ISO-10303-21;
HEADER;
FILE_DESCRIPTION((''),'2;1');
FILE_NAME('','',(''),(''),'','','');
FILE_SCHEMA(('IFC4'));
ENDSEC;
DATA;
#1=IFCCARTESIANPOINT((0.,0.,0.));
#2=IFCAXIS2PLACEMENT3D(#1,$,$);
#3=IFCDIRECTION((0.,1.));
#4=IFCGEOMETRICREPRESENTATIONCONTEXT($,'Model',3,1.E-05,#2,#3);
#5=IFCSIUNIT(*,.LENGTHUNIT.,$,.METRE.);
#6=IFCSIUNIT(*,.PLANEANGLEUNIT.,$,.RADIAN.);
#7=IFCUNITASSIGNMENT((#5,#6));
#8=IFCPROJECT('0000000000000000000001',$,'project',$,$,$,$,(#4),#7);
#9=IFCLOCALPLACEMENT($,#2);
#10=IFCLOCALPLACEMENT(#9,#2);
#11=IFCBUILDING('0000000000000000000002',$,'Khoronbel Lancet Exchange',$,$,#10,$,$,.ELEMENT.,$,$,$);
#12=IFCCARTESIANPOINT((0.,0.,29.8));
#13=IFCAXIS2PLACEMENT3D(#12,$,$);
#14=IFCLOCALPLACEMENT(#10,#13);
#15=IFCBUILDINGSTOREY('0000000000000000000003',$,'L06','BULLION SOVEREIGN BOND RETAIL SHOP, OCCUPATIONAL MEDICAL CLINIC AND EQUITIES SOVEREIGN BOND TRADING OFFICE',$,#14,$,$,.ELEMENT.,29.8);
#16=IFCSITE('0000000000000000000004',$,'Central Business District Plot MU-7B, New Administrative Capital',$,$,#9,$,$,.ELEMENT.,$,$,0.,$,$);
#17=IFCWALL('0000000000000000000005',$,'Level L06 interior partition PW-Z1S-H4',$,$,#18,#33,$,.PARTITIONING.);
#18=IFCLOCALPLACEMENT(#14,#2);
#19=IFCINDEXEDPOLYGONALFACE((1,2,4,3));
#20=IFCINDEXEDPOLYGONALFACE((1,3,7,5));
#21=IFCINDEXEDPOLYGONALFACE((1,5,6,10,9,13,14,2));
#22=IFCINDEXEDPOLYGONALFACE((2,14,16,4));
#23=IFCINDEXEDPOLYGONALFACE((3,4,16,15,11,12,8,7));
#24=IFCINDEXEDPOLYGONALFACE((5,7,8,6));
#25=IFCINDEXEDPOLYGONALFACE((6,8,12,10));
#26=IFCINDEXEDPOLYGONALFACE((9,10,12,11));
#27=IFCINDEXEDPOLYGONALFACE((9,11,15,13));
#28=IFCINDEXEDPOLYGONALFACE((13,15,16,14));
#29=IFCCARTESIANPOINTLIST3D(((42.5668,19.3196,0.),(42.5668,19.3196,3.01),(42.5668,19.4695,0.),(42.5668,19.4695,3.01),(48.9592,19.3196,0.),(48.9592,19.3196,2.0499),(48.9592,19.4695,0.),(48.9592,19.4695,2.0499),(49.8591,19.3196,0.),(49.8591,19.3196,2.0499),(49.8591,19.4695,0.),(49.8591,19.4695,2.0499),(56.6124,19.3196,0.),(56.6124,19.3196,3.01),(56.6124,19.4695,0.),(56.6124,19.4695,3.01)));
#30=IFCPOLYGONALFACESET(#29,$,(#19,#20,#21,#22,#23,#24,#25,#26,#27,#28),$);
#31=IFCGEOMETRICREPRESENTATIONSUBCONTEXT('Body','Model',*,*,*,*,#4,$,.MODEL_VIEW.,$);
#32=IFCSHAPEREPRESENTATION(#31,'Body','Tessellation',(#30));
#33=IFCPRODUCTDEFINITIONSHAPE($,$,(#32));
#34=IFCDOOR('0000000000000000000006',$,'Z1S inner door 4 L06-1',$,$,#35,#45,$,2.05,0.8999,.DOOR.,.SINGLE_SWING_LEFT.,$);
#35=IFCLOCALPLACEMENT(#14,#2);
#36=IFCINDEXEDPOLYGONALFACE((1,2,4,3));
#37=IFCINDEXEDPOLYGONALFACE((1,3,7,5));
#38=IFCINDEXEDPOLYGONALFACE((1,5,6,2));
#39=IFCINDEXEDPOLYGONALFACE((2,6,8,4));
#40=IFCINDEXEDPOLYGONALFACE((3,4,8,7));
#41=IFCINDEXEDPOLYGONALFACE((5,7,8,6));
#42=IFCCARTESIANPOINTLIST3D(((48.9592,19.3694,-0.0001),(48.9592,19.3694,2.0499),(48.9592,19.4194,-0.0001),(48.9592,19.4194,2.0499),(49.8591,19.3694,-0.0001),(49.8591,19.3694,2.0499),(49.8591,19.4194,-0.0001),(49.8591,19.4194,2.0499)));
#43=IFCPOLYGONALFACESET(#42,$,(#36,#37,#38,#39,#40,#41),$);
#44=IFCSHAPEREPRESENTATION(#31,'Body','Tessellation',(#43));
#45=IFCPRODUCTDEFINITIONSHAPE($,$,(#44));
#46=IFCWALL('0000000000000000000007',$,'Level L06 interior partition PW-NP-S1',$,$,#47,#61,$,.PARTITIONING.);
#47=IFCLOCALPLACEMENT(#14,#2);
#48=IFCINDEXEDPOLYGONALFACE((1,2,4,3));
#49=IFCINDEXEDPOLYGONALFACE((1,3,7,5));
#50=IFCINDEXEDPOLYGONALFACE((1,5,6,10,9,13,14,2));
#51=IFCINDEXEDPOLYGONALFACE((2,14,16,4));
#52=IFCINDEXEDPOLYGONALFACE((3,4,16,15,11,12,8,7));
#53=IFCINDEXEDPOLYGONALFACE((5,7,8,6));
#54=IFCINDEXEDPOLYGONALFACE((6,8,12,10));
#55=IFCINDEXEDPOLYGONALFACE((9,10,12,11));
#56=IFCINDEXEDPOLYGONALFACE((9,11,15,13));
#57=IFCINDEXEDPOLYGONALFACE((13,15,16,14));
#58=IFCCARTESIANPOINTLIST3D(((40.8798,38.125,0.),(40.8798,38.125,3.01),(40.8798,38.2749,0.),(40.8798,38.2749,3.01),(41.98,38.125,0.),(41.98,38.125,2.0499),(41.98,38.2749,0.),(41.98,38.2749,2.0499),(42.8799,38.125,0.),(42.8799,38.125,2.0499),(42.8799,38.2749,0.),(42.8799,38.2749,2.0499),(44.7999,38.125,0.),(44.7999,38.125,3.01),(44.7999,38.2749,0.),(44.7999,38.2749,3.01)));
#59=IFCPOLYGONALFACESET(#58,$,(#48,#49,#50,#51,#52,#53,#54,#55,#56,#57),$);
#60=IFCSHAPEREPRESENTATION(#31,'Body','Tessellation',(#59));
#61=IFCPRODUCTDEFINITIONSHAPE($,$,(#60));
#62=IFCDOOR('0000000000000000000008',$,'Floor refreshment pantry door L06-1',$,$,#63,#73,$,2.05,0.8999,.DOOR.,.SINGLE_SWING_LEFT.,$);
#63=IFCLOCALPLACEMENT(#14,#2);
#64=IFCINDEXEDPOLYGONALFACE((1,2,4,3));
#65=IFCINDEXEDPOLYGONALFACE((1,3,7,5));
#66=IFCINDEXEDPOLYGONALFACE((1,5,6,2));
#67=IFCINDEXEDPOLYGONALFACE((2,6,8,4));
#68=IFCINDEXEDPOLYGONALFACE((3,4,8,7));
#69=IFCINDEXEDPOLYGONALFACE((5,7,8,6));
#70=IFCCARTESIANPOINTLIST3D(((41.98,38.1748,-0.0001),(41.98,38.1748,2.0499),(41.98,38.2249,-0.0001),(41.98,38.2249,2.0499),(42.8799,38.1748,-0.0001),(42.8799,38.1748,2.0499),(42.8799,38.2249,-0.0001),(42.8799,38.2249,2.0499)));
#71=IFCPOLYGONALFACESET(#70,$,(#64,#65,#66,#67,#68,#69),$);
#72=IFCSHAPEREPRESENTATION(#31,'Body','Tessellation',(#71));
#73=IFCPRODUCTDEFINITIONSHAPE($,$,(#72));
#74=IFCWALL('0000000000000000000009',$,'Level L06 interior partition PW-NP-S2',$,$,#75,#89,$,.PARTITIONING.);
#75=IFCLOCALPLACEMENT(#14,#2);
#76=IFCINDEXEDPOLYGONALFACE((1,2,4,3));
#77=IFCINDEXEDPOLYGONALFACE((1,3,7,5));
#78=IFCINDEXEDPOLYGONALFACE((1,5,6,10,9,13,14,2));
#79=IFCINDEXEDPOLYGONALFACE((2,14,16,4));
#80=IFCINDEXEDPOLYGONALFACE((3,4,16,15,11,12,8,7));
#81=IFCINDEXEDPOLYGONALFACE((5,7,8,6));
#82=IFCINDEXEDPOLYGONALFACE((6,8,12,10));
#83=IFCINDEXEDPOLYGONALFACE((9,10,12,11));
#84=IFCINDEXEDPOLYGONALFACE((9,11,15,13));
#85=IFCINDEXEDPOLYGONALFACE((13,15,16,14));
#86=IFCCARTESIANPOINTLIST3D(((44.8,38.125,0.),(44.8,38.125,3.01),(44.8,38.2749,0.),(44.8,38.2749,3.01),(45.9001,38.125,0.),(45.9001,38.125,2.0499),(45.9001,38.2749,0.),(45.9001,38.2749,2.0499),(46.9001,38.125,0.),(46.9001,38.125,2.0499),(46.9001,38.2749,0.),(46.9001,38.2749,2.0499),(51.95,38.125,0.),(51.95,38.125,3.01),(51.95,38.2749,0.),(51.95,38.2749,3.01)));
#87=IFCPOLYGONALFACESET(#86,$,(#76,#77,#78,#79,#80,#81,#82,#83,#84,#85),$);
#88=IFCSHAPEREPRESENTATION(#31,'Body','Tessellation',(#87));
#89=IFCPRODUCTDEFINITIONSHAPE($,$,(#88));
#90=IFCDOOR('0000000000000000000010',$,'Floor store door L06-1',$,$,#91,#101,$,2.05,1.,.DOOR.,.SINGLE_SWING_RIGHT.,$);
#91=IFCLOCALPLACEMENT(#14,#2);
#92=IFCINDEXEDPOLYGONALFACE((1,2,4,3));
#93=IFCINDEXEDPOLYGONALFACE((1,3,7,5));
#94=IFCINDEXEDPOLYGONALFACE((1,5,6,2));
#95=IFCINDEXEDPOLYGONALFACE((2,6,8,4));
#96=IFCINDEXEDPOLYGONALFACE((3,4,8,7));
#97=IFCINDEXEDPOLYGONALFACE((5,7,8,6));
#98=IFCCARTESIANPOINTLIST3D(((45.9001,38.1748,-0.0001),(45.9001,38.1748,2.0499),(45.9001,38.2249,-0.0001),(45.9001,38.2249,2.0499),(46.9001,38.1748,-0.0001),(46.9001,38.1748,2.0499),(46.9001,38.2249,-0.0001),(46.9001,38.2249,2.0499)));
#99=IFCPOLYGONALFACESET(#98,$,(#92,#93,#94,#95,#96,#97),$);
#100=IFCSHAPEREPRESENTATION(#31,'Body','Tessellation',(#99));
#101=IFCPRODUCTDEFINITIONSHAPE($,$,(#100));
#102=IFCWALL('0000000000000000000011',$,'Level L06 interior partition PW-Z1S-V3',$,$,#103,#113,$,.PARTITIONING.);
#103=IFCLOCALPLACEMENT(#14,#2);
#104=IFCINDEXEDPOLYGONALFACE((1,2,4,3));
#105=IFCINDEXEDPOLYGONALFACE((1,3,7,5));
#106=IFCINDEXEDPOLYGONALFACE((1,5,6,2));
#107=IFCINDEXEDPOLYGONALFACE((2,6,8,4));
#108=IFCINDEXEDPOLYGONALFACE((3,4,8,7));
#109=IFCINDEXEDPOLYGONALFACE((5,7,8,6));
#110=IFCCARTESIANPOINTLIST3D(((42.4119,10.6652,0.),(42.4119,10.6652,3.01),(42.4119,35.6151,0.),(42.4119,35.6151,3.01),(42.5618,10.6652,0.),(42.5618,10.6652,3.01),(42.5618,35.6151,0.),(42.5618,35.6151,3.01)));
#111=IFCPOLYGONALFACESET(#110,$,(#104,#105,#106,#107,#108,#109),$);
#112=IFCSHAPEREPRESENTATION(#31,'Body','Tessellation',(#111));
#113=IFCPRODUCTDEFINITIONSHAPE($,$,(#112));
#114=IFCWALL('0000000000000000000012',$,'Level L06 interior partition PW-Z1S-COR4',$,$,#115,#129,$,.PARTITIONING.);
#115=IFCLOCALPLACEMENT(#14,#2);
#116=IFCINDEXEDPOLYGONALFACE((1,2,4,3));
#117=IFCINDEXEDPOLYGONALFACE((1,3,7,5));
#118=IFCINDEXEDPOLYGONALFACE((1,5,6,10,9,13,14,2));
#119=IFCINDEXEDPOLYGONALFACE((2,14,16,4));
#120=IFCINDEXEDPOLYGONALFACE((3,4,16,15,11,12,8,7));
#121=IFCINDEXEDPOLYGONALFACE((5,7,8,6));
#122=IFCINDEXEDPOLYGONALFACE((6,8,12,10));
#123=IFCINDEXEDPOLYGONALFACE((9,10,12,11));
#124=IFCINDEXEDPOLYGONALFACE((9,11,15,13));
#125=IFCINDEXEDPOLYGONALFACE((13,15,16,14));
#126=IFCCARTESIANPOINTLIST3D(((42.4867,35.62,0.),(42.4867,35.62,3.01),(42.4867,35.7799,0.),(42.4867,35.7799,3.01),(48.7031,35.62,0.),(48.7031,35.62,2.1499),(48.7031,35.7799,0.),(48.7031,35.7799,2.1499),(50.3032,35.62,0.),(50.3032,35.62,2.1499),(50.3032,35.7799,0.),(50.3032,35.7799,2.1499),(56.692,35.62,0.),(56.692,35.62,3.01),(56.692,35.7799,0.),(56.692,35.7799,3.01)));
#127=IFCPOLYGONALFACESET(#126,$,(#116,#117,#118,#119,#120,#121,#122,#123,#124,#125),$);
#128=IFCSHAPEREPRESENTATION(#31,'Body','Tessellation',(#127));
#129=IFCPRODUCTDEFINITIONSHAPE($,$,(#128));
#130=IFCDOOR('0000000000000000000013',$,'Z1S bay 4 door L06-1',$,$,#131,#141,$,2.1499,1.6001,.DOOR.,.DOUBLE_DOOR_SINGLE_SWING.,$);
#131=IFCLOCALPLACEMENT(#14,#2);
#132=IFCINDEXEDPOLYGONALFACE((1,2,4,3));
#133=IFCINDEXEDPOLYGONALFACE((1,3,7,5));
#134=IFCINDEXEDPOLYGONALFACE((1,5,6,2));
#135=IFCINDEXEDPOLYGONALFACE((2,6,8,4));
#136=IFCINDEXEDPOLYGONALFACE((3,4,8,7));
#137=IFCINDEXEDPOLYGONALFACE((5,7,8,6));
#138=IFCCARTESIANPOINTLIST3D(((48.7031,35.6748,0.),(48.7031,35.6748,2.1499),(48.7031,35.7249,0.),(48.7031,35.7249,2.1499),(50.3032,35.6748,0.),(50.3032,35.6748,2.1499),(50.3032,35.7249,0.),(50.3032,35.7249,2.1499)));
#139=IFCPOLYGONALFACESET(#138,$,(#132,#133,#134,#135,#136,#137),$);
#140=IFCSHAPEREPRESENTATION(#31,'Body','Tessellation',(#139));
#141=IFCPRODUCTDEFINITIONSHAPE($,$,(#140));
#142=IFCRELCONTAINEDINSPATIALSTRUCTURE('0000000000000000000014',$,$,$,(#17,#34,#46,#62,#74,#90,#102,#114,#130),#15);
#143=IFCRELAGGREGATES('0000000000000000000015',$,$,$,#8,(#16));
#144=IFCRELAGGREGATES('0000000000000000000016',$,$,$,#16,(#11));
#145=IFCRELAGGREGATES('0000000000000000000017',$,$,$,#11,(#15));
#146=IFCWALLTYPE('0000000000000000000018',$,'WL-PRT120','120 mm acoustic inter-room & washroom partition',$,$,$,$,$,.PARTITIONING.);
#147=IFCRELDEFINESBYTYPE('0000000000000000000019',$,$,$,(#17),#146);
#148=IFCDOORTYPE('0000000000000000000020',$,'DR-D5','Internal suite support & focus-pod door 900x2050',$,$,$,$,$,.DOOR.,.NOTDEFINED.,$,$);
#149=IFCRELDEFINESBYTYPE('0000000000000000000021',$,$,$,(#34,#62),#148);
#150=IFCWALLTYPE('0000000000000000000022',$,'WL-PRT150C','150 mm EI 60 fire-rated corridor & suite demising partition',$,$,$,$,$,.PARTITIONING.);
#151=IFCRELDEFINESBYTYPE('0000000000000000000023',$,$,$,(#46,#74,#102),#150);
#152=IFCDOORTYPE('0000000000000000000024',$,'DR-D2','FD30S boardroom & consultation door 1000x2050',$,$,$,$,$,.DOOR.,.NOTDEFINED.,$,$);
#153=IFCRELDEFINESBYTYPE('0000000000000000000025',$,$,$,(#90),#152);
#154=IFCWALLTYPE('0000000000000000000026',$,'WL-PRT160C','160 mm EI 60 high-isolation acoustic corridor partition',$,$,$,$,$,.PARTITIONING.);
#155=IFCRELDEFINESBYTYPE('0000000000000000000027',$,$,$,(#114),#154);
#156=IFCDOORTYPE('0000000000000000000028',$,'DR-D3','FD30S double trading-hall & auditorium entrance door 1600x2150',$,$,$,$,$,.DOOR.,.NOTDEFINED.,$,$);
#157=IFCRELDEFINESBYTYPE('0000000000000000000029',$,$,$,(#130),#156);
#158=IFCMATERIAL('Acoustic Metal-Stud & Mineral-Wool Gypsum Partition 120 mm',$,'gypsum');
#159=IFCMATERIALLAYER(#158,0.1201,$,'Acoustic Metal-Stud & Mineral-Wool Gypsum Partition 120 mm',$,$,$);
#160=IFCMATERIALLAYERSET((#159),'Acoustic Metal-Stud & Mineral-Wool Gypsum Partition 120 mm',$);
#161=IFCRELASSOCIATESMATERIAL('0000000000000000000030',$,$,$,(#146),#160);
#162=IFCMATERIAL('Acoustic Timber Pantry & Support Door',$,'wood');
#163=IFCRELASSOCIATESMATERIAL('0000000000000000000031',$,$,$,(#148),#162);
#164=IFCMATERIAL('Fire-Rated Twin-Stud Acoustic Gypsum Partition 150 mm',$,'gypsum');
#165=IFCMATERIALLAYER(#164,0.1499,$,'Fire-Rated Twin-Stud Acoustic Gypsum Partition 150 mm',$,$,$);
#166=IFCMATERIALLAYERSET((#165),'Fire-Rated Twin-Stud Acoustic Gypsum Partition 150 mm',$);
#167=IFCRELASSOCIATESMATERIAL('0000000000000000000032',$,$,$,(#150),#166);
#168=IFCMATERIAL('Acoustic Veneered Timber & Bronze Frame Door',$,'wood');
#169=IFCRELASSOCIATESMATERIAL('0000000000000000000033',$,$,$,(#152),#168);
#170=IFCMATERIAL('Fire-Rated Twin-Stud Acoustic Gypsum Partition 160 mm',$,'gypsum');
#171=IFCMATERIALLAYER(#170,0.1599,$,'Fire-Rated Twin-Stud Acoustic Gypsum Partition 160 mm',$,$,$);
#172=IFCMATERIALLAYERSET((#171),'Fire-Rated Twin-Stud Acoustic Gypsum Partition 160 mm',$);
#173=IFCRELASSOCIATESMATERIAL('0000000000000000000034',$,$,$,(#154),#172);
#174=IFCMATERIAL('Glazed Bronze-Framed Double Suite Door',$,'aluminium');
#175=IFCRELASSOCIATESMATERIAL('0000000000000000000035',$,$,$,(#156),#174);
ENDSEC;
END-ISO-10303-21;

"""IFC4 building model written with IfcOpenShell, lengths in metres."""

from ifc_helpers import new_model, si_unit, direction, frame, frame_2d, origin, place, context, subcontext, project, spatial, rectangle, extrude, material, layer, layer_set, type_object, element, fill, save


model = new_model("IFC4")

# Units and contexts
model_context = context("Model", 3, precision=1e-05, world=origin(), true_north=direction((0.0, 1.0)))
body_context = subcontext(model_context, "Body", "Model", "MODEL_VIEW")
ifc_project = project(units=[si_unit("LENGTHUNIT", "METRE"), si_unit("PLANEANGLEUNIT", "RADIAN")], contexts=[model_context])

# Site, building, storey
site_placement = place(None, origin())
site = spatial("IfcSite", under=ifc_project, at=site_placement, Name="Central Business District Plot MU-7B, New Administrative Capital", CompositionType="ELEMENT", RefElevation=0.0)
building_placement = place(site_placement, origin())
building = spatial("IfcBuilding", under=site, at=building_placement, Name="Khoronbel Lancet Exchange", CompositionType="ELEMENT")
storey_placement = place(building_placement, frame((0.0, 0.0, 29.8)))
storey = spatial("IfcBuildingStorey", under=building, at=storey_placement, Name="L06", Description="BULLION SOVEREIGN BOND RETAIL SHOP, OCCUPATIONAL MEDICAL CLINIC AND EQUITIES SOVEREIGN BOND TRADING OFFICE", CompositionType="ELEMENT", Elevation=29.8)

# Walls, openings, doors
ifc_material_1 = material(Name="Acoustic Metal-Stud & Mineral-Wool Gypsum Partition 120 mm", Category="gypsum")
ifc_layer_1 = layer(ifc_material_1, 0.1201, Name="Acoustic Metal-Stud & Mineral-Wool Gypsum Partition 120 mm")
ifc_layer_set_1 = layer_set([ifc_layer_1], Name="Acoustic Metal-Stud & Mineral-Wool Gypsum Partition 120 mm")
wall_type_1 = type_object("IfcWallType", Name="WL-PRT120", Description="120 mm acoustic inter-room & washroom partition", PredefinedType="PARTITIONING", material=ifc_layer_set_1)
wall_1_placement = place(storey_placement, frame((42.5667, 19.3945, 0.0), z_axis=(0.0, 0.0, 1.0), x_axis=(1.0, 0.0, 0.0)))
wall_1 = element("IfcWall", 1, at=wall_1_placement, inside=storey, type_object=wall_type_1, Name="Level L06 interior partition PW-Z1S-H4", PredefinedType="PARTITIONING", context=body_context, shape_type="SweptSolid", body=[
    extrude(rectangle(XDim=14.0457, YDim=0.1499, at=frame_2d((7.0229, 0.0))), origin(), (0.0, 0.0, 1.0), 3.01),
])
opening_1_placement = place(wall_1_placement, frame((6.3926, 0.0, 0.0)))
opening_1 = element("IfcOpeningElement", 2, at=opening_1_placement, cuts=wall_1, PredefinedType="OPENING", context=body_context, shape_type="SweptSolid", body=[
    extrude(rectangle(XDim=0.8999, YDim=2.05, at=frame_2d((0.45, 1.0249))), frame((0.0, 0.085, 0.0), z_axis=(0.0, -1.0, 0.0), x_axis=(1.0, 0.0, 0.0)), (0.0, 0.0, 1.0), 0.1699),
])
ifc_material_2 = material(Name="Acoustic Timber Pantry & Support Door", Category="wood")
door_type_1 = type_object("IfcDoorType", Name="DR-D5", Description="Internal suite support & focus-pod door 900x2050", OperationType="NOTDEFINED", PredefinedType="DOOR", material=ifc_material_2)
door_1_placement = place(opening_1_placement, origin())
door_1 = element("IfcDoor", 3, at=door_1_placement, inside=storey, type_object=door_type_1, Name="Z1S inner door 4 L06-1", OperationType="SINGLE_SWING_LEFT", OverallHeight=2.05, OverallWidth=0.8999, PredefinedType="DOOR", context=body_context, shape_type="SweptSolid", body=[
    extrude(rectangle(XDim=0.8999, YDim=2.05, at=frame_2d((0.45, 1.0249))), frame((0.0, 0.0249, 0.0), z_axis=(0.0, -1.0, 0.0), x_axis=(1.0, 0.0, 0.0)), (0.0, 0.0, 1.0), 0.05),
])
fill(opening_1, door_1)
ifc_material_3 = material(Name="Fire-Rated Twin-Stud Acoustic Gypsum Partition 150 mm", Category="gypsum")
ifc_layer_2 = layer(ifc_material_3, 0.1499, Name="Fire-Rated Twin-Stud Acoustic Gypsum Partition 150 mm")
ifc_layer_set_2 = layer_set([ifc_layer_2], Name="Fire-Rated Twin-Stud Acoustic Gypsum Partition 150 mm")
wall_type_2 = type_object("IfcWallType", Name="WL-PRT150C", Description="150 mm EI 60 fire-rated corridor & suite demising partition", PredefinedType="PARTITIONING", material=ifc_layer_set_2)
wall_2_placement = place(storey_placement, frame((40.8799, 38.2, 0.0), z_axis=(0.0, 0.0, 1.0), x_axis=(1.0, 0.0, 0.0)))
wall_2 = element("IfcWall", 4, at=wall_2_placement, inside=storey, type_object=wall_type_2, Name="Level L06 interior partition PW-NP-S1", PredefinedType="PARTITIONING", context=body_context, shape_type="SweptSolid", body=[
    extrude(rectangle(XDim=3.9202, YDim=0.1499, at=frame_2d((1.96, 0.0))), origin(), (0.0, 0.0, 1.0), 3.01),
])
opening_2_placement = place(wall_2_placement, frame((1.1001, 0.0, 0.0)))
opening_2 = element("IfcOpeningElement", 5, at=opening_2_placement, cuts=wall_2, PredefinedType="OPENING", context=body_context, shape_type="SweptSolid", body=[
    extrude(rectangle(XDim=0.8999, YDim=2.05, at=frame_2d((0.45, 1.0249))), frame((0.0, 0.085, 0.0), z_axis=(0.0, -1.0, 0.0), x_axis=(1.0, 0.0, 0.0)), (0.0, 0.0, 1.0), 0.1699),
])
door_2_placement = place(opening_2_placement, origin())
door_2 = element("IfcDoor", 6, at=door_2_placement, inside=storey, type_object=door_type_1, Name="Floor refreshment pantry door L06-1", OperationType="SINGLE_SWING_LEFT", OverallHeight=2.05, OverallWidth=0.8999, PredefinedType="DOOR", context=body_context, shape_type="SweptSolid", body=[
    extrude(rectangle(XDim=0.8999, YDim=2.05, at=frame_2d((0.45, 1.0249))), frame((0.0, 0.0249, 0.0), z_axis=(0.0, -1.0, 0.0), x_axis=(1.0, 0.0, 0.0)), (0.0, 0.0, 1.0), 0.05),
])
fill(opening_2, door_2)
wall_3_placement = place(storey_placement, frame((44.8, 38.2, 0.0), z_axis=(0.0, 0.0, 1.0), x_axis=(1.0, 0.0, 0.0)))
wall_3 = element("IfcWall", 7, at=wall_3_placement, inside=storey, type_object=wall_type_2, Name="Level L06 interior partition PW-NP-S2", PredefinedType="PARTITIONING", context=body_context, shape_type="SweptSolid", body=[
    extrude(rectangle(XDim=7.1499, YDim=0.1499, at=frame_2d((3.575, 0.0))), origin(), (0.0, 0.0, 1.0), 3.01),
])
opening_3_placement = place(wall_3_placement, frame((1.1001, 0.0, 0.0)))
opening_3 = element("IfcOpeningElement", 8, at=opening_3_placement, cuts=wall_3, PredefinedType="OPENING", context=body_context, shape_type="SweptSolid", body=[
    extrude(rectangle(XDim=1.0, YDim=2.05, at=frame_2d((0.5, 1.0249))), frame((0.0, 0.085, 0.0), z_axis=(0.0, -1.0, 0.0), x_axis=(1.0, 0.0, 0.0)), (0.0, 0.0, 1.0), 0.1699),
])
ifc_material_4 = material(Name="Acoustic Veneered Timber & Bronze Frame Door", Category="wood")
door_type_2 = type_object("IfcDoorType", Name="DR-D2", Description="FD30S boardroom & consultation door 1000x2050", OperationType="NOTDEFINED", PredefinedType="DOOR", material=ifc_material_4)
door_3_placement = place(opening_3_placement, origin())
door_3 = element("IfcDoor", 9, at=door_3_placement, inside=storey, type_object=door_type_2, Name="Floor store door L06-1", OperationType="SINGLE_SWING_RIGHT", OverallHeight=2.05, OverallWidth=1.0, PredefinedType="DOOR", context=body_context, shape_type="SweptSolid", body=[
    extrude(rectangle(XDim=1.0, YDim=2.05, at=frame_2d((0.5, 1.0249))), frame((0.0, 0.0249, 0.0), z_axis=(0.0, -1.0, 0.0), x_axis=(1.0, 0.0, 0.0)), (0.0, 0.0, 1.0), 0.05),
])
fill(opening_3, door_3)

# Wall
wall_4_placement = place(storey_placement, frame((42.4868, 10.665, 0.0), z_axis=(0.0, 0.0, 1.0), x_axis=(0.0, 1.0, 0.0)))
element("IfcWall", 10, at=wall_4_placement, inside=storey, type_object=wall_type_2, Name="Level L06 interior partition PW-Z1S-V3", PredefinedType="PARTITIONING", context=body_context, shape_type="SweptSolid", body=[
    extrude(rectangle(XDim=24.95, YDim=0.1499, at=frame_2d((12.4751, 0.0))), origin(), (0.0, 0.0, 1.0), 3.01),
])

# Wall, opening, door
ifc_material_5 = material(Name="Fire-Rated Twin-Stud Acoustic Gypsum Partition 160 mm", Category="gypsum")
ifc_layer_3 = layer(ifc_material_5, 0.1599, Name="Fire-Rated Twin-Stud Acoustic Gypsum Partition 160 mm")
ifc_layer_set_3 = layer_set([ifc_layer_3], Name="Fire-Rated Twin-Stud Acoustic Gypsum Partition 160 mm")
wall_type_3 = type_object("IfcWallType", Name="WL-PRT160C", Description="160 mm EI 60 high-isolation acoustic corridor partition", PredefinedType="PARTITIONING", material=ifc_layer_set_3)
wall_5_placement = place(storey_placement, frame((42.4868, 35.7, 0.0), z_axis=(0.0, 0.0, 1.0), x_axis=(1.0, 0.0, 0.0)))
wall_5 = element("IfcWall", 11, at=wall_5_placement, inside=storey, type_object=wall_type_3, Name="Level L06 interior partition PW-Z1S-COR4", PredefinedType="PARTITIONING", context=body_context, shape_type="SweptSolid", body=[
    extrude(rectangle(XDim=14.2053, YDim=0.1599, at=frame_2d((7.1025, 0.0))), origin(), (0.0, 0.0, 1.0), 3.01),
])
opening_4_placement = place(wall_5_placement, frame((6.2163, 0.0, 0.0)))
opening_4 = element("IfcOpeningElement", 12, at=opening_4_placement, cuts=wall_5, PredefinedType="OPENING", context=body_context, shape_type="SweptSolid", body=[
    extrude(rectangle(XDim=1.6001, YDim=2.1499, at=frame_2d((0.8, 1.075))), frame((0.0, 0.0898, 0.0), z_axis=(0.0, -1.0, 0.0), x_axis=(1.0, 0.0, 0.0)), (0.0, 0.0, 1.0), 0.1799),
])
ifc_material_6 = material(Name="Glazed Bronze-Framed Double Suite Door", Category="aluminium")
door_type_3 = type_object("IfcDoorType", Name="DR-D3", Description="FD30S double trading-hall & auditorium entrance door 1600x2150", OperationType="NOTDEFINED", PredefinedType="DOOR", material=ifc_material_6)
door_4_placement = place(opening_4_placement, origin())
door_4 = element("IfcDoor", 13, at=door_4_placement, inside=storey, type_object=door_type_3, Name="Z1S bay 4 door L06-1", OperationType="DOUBLE_DOOR_SINGLE_SWING", OverallHeight=2.1499, OverallWidth=1.6001, PredefinedType="DOOR", context=body_context, shape_type="SweptSolid", body=[
    extrude(rectangle(XDim=1.6001, YDim=2.1499, at=frame_2d((0.8, 1.075))), frame((0.0, 0.0249, 0.0), z_axis=(0.0, -1.0, 0.0), x_axis=(1.0, 0.0, 0.0)), (0.0, 0.0, 1.0), 0.05),
])
fill(opening_4, door_4)

save(model, "model.ifc")
